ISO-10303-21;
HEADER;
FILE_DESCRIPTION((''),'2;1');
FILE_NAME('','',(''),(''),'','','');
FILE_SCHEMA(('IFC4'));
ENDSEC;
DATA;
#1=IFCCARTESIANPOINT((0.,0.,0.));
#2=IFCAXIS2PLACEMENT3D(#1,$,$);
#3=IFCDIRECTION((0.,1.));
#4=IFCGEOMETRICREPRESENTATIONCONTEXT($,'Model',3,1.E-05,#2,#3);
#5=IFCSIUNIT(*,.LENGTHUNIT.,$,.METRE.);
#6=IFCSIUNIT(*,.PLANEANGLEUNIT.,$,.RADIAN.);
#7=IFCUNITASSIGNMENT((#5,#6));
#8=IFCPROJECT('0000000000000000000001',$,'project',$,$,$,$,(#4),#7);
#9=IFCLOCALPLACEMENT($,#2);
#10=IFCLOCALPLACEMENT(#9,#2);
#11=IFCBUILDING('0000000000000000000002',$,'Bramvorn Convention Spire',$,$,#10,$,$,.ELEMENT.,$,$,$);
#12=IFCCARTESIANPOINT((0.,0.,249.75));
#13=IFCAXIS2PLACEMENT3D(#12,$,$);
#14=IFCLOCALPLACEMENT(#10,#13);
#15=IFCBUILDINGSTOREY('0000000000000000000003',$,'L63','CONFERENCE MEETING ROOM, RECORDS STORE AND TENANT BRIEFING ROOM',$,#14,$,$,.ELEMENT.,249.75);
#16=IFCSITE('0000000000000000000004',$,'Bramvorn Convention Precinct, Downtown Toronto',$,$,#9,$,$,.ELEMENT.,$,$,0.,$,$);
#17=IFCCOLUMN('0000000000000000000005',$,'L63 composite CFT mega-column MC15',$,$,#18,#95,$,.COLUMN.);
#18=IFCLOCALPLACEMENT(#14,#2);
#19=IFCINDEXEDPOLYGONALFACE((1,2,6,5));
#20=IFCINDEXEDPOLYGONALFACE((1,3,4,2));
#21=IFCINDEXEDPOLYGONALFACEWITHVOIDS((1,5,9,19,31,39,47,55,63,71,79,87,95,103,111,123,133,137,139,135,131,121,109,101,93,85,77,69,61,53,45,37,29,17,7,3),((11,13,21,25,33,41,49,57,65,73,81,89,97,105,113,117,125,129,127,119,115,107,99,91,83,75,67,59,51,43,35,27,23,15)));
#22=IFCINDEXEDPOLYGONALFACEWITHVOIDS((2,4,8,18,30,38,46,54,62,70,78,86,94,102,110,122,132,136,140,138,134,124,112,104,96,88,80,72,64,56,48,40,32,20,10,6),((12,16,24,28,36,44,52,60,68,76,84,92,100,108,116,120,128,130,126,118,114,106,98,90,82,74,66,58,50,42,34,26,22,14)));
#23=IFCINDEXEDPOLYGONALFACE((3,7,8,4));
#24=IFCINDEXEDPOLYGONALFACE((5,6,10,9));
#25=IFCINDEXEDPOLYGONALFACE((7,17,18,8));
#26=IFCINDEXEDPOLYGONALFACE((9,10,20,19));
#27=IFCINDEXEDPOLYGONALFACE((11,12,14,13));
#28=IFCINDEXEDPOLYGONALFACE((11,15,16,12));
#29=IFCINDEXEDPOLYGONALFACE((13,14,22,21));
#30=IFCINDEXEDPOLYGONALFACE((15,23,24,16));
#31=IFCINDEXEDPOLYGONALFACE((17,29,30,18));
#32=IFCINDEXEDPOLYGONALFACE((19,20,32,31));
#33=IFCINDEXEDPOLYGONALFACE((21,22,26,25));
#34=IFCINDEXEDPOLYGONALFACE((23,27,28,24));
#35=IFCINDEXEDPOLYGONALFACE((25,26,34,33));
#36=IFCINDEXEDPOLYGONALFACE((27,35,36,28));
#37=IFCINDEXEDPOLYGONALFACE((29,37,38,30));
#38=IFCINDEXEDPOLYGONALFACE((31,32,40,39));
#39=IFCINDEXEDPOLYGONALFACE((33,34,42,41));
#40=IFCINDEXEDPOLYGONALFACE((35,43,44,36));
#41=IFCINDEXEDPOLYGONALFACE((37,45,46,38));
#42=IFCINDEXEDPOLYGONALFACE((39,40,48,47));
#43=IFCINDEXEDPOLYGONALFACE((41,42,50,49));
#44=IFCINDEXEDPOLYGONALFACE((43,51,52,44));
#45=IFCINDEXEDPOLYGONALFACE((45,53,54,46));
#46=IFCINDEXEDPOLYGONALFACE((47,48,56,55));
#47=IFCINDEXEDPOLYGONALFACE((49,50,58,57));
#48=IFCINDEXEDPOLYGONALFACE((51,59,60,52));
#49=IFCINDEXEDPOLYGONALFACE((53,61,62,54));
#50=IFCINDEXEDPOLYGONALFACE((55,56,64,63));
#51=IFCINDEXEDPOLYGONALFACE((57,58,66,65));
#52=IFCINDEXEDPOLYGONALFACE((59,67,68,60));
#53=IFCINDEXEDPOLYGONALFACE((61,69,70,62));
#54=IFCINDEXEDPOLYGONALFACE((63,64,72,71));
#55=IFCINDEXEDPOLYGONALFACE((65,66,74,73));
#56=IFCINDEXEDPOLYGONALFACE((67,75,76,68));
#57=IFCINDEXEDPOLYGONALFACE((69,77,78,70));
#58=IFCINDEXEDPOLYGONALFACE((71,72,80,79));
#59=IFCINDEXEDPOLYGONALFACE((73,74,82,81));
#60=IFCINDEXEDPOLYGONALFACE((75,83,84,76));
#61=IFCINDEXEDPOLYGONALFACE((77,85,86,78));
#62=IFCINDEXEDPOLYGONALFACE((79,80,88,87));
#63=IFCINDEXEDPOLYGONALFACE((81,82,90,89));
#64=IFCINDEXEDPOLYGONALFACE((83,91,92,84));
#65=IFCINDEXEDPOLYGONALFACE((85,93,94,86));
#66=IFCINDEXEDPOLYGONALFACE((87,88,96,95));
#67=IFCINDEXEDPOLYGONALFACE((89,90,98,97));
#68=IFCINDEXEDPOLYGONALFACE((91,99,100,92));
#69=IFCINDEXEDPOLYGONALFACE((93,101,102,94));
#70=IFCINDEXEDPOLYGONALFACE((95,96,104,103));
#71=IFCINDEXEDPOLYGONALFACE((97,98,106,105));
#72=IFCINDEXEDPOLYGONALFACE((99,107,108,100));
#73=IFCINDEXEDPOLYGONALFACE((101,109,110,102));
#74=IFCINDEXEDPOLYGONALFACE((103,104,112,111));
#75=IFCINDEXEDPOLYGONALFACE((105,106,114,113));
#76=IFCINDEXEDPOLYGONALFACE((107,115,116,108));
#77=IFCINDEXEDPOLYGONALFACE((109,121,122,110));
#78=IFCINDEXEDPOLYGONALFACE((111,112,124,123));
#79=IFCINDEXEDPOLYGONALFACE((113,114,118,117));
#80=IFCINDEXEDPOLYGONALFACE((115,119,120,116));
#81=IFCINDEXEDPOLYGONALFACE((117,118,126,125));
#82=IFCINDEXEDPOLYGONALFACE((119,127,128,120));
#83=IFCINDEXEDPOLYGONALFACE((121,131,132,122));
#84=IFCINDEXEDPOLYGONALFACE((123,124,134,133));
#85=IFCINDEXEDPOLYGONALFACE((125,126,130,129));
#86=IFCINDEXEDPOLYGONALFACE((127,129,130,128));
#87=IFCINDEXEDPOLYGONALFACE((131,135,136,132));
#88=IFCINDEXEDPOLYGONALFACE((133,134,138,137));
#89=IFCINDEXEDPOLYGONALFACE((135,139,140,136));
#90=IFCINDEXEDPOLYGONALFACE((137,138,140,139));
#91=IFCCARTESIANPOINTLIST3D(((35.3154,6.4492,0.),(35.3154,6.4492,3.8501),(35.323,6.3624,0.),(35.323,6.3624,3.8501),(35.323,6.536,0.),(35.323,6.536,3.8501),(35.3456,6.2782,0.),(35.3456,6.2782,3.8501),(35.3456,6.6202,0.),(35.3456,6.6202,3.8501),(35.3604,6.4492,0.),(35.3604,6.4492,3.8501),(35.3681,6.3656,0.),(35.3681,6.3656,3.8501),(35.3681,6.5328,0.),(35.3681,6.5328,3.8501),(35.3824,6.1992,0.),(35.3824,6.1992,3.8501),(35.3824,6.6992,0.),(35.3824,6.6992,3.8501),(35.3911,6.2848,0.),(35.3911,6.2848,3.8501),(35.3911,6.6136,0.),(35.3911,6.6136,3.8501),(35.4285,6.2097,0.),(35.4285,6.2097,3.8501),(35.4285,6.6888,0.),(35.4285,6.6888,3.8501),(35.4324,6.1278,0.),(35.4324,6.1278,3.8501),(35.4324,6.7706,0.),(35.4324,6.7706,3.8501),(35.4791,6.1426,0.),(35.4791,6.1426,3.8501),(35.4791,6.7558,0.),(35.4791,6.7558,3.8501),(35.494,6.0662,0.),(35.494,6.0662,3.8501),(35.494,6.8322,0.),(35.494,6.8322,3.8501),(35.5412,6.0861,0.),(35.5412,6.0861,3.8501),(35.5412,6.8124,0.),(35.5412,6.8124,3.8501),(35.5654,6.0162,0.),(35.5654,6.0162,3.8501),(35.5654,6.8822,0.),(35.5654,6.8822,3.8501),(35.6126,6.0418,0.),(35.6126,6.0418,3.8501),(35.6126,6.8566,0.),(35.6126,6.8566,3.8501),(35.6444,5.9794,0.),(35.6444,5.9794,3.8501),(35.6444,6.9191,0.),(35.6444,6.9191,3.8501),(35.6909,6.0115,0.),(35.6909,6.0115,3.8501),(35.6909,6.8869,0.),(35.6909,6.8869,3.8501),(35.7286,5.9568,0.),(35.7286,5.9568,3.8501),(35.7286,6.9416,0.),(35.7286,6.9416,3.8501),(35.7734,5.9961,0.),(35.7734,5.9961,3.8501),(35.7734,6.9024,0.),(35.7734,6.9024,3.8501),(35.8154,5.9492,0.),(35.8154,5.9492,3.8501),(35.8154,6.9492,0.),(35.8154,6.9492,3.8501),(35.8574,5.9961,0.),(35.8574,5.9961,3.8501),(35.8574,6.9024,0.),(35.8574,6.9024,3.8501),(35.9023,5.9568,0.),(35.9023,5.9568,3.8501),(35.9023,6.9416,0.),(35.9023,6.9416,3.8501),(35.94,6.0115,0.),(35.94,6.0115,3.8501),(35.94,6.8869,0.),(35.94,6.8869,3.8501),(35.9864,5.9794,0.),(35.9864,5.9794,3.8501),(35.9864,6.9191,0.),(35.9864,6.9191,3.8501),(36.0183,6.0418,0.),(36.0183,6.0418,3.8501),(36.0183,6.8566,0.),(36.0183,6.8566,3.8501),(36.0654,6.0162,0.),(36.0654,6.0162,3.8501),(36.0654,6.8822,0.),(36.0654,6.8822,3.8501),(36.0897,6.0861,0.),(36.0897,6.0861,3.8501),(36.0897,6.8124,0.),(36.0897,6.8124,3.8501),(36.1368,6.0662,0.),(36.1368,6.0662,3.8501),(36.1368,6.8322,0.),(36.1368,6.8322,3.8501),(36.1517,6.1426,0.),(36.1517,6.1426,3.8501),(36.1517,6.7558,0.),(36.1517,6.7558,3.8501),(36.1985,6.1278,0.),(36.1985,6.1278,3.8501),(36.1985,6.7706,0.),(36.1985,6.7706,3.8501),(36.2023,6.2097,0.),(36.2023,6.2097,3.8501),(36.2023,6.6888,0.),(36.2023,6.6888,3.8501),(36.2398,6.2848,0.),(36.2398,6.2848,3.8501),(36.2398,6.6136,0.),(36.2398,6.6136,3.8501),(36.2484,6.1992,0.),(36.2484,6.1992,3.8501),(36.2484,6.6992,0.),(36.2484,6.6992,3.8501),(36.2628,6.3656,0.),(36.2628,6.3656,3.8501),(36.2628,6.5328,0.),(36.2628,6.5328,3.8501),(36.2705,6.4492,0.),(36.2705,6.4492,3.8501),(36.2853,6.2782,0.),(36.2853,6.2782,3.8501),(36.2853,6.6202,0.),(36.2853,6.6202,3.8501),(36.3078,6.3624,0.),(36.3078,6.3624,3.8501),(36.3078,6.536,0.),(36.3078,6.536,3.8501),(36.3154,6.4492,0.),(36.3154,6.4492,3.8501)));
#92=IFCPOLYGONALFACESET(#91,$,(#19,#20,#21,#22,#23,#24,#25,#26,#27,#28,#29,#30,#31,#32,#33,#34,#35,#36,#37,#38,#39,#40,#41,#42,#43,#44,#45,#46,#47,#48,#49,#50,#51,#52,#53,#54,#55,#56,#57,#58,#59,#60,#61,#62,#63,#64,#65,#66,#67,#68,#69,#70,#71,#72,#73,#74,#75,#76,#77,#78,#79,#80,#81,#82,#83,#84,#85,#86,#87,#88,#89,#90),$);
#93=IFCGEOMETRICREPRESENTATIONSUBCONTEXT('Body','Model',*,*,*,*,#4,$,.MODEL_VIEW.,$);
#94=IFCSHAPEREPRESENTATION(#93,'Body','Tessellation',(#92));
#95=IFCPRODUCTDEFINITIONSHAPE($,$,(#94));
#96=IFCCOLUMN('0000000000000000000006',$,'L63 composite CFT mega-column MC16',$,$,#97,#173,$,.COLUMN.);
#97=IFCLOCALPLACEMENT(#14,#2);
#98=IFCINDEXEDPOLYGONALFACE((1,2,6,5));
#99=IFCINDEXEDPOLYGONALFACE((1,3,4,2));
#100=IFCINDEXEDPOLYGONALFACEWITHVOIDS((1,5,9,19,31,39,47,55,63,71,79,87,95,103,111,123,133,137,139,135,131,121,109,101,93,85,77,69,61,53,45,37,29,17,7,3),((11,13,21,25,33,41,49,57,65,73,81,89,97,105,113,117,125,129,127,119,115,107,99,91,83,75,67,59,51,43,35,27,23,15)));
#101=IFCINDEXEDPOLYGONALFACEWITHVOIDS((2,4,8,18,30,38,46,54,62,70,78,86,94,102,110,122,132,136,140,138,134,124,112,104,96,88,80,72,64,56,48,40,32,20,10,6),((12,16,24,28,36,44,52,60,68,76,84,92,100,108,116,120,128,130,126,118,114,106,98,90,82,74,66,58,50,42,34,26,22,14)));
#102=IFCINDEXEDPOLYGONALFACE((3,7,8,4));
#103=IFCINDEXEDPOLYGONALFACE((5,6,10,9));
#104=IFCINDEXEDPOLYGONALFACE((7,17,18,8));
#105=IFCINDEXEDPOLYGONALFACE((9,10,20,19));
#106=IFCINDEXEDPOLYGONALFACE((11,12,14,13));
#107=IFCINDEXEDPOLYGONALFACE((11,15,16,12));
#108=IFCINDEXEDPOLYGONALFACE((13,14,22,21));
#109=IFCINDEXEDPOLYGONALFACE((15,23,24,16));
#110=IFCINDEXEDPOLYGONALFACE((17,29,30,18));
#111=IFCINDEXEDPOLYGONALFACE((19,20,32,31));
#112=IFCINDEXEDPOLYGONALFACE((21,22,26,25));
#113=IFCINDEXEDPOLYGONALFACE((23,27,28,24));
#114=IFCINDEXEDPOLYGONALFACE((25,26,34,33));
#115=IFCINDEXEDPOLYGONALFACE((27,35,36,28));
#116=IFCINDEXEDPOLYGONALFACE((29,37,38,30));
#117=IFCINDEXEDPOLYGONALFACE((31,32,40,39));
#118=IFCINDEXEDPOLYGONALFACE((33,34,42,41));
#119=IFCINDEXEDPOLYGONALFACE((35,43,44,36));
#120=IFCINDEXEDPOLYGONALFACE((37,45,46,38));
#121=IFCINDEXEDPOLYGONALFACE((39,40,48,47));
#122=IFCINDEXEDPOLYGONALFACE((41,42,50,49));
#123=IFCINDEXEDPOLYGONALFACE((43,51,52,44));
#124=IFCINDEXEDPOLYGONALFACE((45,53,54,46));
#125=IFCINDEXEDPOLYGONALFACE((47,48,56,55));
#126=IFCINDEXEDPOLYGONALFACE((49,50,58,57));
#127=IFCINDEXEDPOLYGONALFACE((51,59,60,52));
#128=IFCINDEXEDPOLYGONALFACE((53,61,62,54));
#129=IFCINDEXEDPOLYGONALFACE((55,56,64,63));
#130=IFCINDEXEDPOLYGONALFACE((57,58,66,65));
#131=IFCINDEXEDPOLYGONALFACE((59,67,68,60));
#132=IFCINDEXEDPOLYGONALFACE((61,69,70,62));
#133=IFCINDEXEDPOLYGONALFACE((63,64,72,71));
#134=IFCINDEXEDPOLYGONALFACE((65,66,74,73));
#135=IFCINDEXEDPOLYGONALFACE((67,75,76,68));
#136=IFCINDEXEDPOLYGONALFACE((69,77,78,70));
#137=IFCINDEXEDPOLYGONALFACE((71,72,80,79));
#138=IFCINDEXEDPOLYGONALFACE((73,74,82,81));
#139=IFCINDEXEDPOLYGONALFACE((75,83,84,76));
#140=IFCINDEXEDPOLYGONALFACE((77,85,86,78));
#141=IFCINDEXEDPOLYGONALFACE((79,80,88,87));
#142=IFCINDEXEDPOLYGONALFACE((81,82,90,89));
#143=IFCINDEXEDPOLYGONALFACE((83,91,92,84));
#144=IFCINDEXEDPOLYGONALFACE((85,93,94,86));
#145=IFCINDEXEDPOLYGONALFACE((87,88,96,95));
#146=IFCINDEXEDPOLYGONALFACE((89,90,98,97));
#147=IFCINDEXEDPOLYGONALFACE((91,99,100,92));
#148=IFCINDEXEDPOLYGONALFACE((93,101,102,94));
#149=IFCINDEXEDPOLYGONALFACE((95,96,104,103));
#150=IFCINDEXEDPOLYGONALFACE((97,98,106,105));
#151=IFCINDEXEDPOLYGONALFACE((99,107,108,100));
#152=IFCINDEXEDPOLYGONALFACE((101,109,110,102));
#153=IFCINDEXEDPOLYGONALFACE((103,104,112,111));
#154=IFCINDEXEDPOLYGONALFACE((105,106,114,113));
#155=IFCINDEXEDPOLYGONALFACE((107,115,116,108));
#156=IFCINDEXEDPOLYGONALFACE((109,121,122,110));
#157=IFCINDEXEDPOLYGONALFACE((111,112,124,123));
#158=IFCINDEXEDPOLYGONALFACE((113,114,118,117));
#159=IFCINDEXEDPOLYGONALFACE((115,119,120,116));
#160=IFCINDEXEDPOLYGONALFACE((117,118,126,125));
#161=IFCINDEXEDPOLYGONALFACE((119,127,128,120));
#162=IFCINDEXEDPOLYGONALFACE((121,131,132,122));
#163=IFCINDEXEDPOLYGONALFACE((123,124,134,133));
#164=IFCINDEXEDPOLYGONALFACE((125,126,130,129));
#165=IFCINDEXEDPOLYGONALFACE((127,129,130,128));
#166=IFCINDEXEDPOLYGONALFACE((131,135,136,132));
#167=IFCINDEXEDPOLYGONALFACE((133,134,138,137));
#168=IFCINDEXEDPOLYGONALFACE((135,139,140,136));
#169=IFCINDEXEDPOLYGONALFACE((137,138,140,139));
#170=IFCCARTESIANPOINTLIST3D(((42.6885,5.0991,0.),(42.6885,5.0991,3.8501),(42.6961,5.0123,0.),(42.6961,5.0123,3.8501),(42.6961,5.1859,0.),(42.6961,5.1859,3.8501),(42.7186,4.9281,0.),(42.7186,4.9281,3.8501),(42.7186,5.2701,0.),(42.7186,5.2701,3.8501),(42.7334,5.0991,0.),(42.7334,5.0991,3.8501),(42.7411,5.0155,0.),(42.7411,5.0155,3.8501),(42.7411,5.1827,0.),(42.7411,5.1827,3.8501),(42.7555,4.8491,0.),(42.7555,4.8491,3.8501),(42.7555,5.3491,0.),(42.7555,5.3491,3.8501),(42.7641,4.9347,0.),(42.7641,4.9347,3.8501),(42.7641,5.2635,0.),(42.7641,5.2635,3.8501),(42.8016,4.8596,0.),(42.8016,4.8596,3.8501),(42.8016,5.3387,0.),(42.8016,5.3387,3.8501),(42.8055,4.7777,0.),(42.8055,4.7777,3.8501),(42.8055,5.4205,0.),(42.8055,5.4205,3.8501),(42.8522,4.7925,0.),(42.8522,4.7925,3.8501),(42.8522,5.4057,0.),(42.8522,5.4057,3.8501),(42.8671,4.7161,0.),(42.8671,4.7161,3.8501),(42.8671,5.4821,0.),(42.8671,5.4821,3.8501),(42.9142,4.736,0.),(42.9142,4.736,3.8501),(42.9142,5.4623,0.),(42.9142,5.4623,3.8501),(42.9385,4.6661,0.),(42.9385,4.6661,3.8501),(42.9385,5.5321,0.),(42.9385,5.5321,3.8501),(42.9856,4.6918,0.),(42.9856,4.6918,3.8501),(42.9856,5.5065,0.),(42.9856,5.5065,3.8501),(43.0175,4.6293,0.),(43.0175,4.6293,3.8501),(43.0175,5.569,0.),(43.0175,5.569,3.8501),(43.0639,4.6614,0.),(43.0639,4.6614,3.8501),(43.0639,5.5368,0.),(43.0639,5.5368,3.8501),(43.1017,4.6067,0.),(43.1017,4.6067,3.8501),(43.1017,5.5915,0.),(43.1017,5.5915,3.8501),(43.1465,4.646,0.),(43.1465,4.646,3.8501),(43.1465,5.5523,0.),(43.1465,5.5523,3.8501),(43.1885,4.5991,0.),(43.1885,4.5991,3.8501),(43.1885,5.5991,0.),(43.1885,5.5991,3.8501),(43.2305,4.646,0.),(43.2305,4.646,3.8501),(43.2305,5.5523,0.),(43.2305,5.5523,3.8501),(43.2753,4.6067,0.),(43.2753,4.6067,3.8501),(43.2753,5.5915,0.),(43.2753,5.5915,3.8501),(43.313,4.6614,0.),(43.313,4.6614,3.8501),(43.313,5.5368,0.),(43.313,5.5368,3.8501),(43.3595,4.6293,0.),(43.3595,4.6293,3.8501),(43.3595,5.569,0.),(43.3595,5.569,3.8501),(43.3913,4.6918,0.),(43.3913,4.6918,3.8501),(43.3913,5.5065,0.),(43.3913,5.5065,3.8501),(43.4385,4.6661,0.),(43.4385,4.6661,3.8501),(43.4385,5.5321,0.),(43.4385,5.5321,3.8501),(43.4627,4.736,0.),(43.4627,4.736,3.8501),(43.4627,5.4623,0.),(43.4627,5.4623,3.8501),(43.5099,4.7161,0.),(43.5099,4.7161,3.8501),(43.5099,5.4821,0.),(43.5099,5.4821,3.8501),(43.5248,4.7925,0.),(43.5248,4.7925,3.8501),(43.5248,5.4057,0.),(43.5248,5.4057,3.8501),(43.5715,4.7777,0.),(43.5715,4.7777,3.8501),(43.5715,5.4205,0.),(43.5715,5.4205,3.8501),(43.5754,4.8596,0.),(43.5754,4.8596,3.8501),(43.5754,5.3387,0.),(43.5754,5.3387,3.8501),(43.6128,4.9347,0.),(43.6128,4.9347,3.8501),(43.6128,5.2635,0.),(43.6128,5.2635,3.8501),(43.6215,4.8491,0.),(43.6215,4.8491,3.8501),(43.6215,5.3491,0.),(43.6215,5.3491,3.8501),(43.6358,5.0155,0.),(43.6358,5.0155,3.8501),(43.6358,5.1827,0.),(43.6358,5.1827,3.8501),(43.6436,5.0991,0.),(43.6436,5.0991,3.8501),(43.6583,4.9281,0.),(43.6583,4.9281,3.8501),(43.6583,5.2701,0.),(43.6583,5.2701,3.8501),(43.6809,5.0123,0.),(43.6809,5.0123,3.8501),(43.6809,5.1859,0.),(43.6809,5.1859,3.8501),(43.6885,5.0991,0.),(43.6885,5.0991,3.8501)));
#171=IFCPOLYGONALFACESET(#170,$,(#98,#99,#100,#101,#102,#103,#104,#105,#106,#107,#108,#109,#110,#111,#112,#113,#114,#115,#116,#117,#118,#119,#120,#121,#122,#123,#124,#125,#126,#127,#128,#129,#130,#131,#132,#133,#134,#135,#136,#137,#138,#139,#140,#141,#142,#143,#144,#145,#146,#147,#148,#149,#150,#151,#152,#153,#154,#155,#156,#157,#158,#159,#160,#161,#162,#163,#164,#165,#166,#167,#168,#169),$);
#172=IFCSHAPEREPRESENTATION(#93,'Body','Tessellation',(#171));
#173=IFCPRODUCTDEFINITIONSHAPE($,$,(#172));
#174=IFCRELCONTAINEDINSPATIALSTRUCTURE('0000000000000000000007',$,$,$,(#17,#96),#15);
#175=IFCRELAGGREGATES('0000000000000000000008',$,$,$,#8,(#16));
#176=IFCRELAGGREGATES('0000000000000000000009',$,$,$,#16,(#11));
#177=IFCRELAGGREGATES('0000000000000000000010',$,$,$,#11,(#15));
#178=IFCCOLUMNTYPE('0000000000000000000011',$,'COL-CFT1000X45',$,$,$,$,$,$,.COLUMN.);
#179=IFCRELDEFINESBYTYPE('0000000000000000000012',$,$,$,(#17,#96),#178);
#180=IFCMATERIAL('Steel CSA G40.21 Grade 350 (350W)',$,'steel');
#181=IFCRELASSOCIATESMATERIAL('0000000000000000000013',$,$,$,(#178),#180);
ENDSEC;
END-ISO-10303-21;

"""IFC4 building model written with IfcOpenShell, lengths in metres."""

from ifc_helpers import new_model, si_unit, direction, frame, origin, origin_2d, place, context, subcontext, project, spatial, hollow_circle, extrude, material, material_profile, profile_set, type_object, element, save


model = new_model("IFC4")

# Units and contexts
model_context = context("Model", 3, precision=1e-05, world=origin(), true_north=direction((0.0, 1.0)))
body_context = subcontext(model_context, "Body", "Model", "MODEL_VIEW")
ifc_project = project(units=[si_unit("LENGTHUNIT", "METRE"), si_unit("PLANEANGLEUNIT", "RADIAN")], contexts=[model_context])

# Site, building, storey
site_placement = place(None, origin())
site = spatial("IfcSite", under=ifc_project, at=site_placement, Name="Bramvorn Convention Precinct, Downtown Toronto", CompositionType="ELEMENT", RefElevation=0.0)
building_placement = place(site_placement, origin())
building = spatial("IfcBuilding", under=site, at=building_placement, Name="Bramvorn Convention Spire", CompositionType="ELEMENT")
storey_placement = place(building_placement, frame((0.0, 0.0, 249.75)))
storey = spatial("IfcBuildingStorey", under=building, at=storey_placement, Name="L63", Description="CONFERENCE MEETING ROOM, RECORDS STORE AND TENANT BRIEFING ROOM", CompositionType="ELEMENT", Elevation=249.75)

# Columns
ifc_material_1 = material(Name="Steel CSA G40.21 Grade 350 (350W)", Category="steel")
ifc_material_profile_1 = material_profile(ifc_material_1, hollow_circle(Radius=0.5, WallThickness=0.0449, at=origin_2d()))
ifc_profile_set_1 = profile_set([ifc_material_profile_1], Name="Steel CSA G40.21 Grade 350 (350W) - CFT1000X45")
column_type = type_object("IfcColumnType", Name="COL-CFT1000X45", PredefinedType="COLUMN", material=ifc_profile_set_1)
for number, where, z_axis, x_axis, name in (
    (1, (35.8154, 6.4492, 0.0), (0.0, 0.0, 1.0), (1.0, 0.0, 0.0), "L63 composite CFT mega-column MC15"),
    (2, (43.1885, 5.0991, 0.0), (0.0, 0.0, 1.0), (1.0, 0.0, 0.0), "L63 composite CFT mega-column MC16"),
):
    element("IfcColumn", number, at=place(storey_placement, frame(where, z_axis=z_axis, x_axis=x_axis)), inside=storey, type_object=column_type, Name=name, PredefinedType="COLUMN", context=body_context, shape_type="SweptSolid", body=[
        extrude(hollow_circle(Radius=0.5, WallThickness=0.0449, at=origin_2d()), origin(), (0.0, 0.0, 1.0), 3.8501),
    ])

save(model, "model.ifc")
